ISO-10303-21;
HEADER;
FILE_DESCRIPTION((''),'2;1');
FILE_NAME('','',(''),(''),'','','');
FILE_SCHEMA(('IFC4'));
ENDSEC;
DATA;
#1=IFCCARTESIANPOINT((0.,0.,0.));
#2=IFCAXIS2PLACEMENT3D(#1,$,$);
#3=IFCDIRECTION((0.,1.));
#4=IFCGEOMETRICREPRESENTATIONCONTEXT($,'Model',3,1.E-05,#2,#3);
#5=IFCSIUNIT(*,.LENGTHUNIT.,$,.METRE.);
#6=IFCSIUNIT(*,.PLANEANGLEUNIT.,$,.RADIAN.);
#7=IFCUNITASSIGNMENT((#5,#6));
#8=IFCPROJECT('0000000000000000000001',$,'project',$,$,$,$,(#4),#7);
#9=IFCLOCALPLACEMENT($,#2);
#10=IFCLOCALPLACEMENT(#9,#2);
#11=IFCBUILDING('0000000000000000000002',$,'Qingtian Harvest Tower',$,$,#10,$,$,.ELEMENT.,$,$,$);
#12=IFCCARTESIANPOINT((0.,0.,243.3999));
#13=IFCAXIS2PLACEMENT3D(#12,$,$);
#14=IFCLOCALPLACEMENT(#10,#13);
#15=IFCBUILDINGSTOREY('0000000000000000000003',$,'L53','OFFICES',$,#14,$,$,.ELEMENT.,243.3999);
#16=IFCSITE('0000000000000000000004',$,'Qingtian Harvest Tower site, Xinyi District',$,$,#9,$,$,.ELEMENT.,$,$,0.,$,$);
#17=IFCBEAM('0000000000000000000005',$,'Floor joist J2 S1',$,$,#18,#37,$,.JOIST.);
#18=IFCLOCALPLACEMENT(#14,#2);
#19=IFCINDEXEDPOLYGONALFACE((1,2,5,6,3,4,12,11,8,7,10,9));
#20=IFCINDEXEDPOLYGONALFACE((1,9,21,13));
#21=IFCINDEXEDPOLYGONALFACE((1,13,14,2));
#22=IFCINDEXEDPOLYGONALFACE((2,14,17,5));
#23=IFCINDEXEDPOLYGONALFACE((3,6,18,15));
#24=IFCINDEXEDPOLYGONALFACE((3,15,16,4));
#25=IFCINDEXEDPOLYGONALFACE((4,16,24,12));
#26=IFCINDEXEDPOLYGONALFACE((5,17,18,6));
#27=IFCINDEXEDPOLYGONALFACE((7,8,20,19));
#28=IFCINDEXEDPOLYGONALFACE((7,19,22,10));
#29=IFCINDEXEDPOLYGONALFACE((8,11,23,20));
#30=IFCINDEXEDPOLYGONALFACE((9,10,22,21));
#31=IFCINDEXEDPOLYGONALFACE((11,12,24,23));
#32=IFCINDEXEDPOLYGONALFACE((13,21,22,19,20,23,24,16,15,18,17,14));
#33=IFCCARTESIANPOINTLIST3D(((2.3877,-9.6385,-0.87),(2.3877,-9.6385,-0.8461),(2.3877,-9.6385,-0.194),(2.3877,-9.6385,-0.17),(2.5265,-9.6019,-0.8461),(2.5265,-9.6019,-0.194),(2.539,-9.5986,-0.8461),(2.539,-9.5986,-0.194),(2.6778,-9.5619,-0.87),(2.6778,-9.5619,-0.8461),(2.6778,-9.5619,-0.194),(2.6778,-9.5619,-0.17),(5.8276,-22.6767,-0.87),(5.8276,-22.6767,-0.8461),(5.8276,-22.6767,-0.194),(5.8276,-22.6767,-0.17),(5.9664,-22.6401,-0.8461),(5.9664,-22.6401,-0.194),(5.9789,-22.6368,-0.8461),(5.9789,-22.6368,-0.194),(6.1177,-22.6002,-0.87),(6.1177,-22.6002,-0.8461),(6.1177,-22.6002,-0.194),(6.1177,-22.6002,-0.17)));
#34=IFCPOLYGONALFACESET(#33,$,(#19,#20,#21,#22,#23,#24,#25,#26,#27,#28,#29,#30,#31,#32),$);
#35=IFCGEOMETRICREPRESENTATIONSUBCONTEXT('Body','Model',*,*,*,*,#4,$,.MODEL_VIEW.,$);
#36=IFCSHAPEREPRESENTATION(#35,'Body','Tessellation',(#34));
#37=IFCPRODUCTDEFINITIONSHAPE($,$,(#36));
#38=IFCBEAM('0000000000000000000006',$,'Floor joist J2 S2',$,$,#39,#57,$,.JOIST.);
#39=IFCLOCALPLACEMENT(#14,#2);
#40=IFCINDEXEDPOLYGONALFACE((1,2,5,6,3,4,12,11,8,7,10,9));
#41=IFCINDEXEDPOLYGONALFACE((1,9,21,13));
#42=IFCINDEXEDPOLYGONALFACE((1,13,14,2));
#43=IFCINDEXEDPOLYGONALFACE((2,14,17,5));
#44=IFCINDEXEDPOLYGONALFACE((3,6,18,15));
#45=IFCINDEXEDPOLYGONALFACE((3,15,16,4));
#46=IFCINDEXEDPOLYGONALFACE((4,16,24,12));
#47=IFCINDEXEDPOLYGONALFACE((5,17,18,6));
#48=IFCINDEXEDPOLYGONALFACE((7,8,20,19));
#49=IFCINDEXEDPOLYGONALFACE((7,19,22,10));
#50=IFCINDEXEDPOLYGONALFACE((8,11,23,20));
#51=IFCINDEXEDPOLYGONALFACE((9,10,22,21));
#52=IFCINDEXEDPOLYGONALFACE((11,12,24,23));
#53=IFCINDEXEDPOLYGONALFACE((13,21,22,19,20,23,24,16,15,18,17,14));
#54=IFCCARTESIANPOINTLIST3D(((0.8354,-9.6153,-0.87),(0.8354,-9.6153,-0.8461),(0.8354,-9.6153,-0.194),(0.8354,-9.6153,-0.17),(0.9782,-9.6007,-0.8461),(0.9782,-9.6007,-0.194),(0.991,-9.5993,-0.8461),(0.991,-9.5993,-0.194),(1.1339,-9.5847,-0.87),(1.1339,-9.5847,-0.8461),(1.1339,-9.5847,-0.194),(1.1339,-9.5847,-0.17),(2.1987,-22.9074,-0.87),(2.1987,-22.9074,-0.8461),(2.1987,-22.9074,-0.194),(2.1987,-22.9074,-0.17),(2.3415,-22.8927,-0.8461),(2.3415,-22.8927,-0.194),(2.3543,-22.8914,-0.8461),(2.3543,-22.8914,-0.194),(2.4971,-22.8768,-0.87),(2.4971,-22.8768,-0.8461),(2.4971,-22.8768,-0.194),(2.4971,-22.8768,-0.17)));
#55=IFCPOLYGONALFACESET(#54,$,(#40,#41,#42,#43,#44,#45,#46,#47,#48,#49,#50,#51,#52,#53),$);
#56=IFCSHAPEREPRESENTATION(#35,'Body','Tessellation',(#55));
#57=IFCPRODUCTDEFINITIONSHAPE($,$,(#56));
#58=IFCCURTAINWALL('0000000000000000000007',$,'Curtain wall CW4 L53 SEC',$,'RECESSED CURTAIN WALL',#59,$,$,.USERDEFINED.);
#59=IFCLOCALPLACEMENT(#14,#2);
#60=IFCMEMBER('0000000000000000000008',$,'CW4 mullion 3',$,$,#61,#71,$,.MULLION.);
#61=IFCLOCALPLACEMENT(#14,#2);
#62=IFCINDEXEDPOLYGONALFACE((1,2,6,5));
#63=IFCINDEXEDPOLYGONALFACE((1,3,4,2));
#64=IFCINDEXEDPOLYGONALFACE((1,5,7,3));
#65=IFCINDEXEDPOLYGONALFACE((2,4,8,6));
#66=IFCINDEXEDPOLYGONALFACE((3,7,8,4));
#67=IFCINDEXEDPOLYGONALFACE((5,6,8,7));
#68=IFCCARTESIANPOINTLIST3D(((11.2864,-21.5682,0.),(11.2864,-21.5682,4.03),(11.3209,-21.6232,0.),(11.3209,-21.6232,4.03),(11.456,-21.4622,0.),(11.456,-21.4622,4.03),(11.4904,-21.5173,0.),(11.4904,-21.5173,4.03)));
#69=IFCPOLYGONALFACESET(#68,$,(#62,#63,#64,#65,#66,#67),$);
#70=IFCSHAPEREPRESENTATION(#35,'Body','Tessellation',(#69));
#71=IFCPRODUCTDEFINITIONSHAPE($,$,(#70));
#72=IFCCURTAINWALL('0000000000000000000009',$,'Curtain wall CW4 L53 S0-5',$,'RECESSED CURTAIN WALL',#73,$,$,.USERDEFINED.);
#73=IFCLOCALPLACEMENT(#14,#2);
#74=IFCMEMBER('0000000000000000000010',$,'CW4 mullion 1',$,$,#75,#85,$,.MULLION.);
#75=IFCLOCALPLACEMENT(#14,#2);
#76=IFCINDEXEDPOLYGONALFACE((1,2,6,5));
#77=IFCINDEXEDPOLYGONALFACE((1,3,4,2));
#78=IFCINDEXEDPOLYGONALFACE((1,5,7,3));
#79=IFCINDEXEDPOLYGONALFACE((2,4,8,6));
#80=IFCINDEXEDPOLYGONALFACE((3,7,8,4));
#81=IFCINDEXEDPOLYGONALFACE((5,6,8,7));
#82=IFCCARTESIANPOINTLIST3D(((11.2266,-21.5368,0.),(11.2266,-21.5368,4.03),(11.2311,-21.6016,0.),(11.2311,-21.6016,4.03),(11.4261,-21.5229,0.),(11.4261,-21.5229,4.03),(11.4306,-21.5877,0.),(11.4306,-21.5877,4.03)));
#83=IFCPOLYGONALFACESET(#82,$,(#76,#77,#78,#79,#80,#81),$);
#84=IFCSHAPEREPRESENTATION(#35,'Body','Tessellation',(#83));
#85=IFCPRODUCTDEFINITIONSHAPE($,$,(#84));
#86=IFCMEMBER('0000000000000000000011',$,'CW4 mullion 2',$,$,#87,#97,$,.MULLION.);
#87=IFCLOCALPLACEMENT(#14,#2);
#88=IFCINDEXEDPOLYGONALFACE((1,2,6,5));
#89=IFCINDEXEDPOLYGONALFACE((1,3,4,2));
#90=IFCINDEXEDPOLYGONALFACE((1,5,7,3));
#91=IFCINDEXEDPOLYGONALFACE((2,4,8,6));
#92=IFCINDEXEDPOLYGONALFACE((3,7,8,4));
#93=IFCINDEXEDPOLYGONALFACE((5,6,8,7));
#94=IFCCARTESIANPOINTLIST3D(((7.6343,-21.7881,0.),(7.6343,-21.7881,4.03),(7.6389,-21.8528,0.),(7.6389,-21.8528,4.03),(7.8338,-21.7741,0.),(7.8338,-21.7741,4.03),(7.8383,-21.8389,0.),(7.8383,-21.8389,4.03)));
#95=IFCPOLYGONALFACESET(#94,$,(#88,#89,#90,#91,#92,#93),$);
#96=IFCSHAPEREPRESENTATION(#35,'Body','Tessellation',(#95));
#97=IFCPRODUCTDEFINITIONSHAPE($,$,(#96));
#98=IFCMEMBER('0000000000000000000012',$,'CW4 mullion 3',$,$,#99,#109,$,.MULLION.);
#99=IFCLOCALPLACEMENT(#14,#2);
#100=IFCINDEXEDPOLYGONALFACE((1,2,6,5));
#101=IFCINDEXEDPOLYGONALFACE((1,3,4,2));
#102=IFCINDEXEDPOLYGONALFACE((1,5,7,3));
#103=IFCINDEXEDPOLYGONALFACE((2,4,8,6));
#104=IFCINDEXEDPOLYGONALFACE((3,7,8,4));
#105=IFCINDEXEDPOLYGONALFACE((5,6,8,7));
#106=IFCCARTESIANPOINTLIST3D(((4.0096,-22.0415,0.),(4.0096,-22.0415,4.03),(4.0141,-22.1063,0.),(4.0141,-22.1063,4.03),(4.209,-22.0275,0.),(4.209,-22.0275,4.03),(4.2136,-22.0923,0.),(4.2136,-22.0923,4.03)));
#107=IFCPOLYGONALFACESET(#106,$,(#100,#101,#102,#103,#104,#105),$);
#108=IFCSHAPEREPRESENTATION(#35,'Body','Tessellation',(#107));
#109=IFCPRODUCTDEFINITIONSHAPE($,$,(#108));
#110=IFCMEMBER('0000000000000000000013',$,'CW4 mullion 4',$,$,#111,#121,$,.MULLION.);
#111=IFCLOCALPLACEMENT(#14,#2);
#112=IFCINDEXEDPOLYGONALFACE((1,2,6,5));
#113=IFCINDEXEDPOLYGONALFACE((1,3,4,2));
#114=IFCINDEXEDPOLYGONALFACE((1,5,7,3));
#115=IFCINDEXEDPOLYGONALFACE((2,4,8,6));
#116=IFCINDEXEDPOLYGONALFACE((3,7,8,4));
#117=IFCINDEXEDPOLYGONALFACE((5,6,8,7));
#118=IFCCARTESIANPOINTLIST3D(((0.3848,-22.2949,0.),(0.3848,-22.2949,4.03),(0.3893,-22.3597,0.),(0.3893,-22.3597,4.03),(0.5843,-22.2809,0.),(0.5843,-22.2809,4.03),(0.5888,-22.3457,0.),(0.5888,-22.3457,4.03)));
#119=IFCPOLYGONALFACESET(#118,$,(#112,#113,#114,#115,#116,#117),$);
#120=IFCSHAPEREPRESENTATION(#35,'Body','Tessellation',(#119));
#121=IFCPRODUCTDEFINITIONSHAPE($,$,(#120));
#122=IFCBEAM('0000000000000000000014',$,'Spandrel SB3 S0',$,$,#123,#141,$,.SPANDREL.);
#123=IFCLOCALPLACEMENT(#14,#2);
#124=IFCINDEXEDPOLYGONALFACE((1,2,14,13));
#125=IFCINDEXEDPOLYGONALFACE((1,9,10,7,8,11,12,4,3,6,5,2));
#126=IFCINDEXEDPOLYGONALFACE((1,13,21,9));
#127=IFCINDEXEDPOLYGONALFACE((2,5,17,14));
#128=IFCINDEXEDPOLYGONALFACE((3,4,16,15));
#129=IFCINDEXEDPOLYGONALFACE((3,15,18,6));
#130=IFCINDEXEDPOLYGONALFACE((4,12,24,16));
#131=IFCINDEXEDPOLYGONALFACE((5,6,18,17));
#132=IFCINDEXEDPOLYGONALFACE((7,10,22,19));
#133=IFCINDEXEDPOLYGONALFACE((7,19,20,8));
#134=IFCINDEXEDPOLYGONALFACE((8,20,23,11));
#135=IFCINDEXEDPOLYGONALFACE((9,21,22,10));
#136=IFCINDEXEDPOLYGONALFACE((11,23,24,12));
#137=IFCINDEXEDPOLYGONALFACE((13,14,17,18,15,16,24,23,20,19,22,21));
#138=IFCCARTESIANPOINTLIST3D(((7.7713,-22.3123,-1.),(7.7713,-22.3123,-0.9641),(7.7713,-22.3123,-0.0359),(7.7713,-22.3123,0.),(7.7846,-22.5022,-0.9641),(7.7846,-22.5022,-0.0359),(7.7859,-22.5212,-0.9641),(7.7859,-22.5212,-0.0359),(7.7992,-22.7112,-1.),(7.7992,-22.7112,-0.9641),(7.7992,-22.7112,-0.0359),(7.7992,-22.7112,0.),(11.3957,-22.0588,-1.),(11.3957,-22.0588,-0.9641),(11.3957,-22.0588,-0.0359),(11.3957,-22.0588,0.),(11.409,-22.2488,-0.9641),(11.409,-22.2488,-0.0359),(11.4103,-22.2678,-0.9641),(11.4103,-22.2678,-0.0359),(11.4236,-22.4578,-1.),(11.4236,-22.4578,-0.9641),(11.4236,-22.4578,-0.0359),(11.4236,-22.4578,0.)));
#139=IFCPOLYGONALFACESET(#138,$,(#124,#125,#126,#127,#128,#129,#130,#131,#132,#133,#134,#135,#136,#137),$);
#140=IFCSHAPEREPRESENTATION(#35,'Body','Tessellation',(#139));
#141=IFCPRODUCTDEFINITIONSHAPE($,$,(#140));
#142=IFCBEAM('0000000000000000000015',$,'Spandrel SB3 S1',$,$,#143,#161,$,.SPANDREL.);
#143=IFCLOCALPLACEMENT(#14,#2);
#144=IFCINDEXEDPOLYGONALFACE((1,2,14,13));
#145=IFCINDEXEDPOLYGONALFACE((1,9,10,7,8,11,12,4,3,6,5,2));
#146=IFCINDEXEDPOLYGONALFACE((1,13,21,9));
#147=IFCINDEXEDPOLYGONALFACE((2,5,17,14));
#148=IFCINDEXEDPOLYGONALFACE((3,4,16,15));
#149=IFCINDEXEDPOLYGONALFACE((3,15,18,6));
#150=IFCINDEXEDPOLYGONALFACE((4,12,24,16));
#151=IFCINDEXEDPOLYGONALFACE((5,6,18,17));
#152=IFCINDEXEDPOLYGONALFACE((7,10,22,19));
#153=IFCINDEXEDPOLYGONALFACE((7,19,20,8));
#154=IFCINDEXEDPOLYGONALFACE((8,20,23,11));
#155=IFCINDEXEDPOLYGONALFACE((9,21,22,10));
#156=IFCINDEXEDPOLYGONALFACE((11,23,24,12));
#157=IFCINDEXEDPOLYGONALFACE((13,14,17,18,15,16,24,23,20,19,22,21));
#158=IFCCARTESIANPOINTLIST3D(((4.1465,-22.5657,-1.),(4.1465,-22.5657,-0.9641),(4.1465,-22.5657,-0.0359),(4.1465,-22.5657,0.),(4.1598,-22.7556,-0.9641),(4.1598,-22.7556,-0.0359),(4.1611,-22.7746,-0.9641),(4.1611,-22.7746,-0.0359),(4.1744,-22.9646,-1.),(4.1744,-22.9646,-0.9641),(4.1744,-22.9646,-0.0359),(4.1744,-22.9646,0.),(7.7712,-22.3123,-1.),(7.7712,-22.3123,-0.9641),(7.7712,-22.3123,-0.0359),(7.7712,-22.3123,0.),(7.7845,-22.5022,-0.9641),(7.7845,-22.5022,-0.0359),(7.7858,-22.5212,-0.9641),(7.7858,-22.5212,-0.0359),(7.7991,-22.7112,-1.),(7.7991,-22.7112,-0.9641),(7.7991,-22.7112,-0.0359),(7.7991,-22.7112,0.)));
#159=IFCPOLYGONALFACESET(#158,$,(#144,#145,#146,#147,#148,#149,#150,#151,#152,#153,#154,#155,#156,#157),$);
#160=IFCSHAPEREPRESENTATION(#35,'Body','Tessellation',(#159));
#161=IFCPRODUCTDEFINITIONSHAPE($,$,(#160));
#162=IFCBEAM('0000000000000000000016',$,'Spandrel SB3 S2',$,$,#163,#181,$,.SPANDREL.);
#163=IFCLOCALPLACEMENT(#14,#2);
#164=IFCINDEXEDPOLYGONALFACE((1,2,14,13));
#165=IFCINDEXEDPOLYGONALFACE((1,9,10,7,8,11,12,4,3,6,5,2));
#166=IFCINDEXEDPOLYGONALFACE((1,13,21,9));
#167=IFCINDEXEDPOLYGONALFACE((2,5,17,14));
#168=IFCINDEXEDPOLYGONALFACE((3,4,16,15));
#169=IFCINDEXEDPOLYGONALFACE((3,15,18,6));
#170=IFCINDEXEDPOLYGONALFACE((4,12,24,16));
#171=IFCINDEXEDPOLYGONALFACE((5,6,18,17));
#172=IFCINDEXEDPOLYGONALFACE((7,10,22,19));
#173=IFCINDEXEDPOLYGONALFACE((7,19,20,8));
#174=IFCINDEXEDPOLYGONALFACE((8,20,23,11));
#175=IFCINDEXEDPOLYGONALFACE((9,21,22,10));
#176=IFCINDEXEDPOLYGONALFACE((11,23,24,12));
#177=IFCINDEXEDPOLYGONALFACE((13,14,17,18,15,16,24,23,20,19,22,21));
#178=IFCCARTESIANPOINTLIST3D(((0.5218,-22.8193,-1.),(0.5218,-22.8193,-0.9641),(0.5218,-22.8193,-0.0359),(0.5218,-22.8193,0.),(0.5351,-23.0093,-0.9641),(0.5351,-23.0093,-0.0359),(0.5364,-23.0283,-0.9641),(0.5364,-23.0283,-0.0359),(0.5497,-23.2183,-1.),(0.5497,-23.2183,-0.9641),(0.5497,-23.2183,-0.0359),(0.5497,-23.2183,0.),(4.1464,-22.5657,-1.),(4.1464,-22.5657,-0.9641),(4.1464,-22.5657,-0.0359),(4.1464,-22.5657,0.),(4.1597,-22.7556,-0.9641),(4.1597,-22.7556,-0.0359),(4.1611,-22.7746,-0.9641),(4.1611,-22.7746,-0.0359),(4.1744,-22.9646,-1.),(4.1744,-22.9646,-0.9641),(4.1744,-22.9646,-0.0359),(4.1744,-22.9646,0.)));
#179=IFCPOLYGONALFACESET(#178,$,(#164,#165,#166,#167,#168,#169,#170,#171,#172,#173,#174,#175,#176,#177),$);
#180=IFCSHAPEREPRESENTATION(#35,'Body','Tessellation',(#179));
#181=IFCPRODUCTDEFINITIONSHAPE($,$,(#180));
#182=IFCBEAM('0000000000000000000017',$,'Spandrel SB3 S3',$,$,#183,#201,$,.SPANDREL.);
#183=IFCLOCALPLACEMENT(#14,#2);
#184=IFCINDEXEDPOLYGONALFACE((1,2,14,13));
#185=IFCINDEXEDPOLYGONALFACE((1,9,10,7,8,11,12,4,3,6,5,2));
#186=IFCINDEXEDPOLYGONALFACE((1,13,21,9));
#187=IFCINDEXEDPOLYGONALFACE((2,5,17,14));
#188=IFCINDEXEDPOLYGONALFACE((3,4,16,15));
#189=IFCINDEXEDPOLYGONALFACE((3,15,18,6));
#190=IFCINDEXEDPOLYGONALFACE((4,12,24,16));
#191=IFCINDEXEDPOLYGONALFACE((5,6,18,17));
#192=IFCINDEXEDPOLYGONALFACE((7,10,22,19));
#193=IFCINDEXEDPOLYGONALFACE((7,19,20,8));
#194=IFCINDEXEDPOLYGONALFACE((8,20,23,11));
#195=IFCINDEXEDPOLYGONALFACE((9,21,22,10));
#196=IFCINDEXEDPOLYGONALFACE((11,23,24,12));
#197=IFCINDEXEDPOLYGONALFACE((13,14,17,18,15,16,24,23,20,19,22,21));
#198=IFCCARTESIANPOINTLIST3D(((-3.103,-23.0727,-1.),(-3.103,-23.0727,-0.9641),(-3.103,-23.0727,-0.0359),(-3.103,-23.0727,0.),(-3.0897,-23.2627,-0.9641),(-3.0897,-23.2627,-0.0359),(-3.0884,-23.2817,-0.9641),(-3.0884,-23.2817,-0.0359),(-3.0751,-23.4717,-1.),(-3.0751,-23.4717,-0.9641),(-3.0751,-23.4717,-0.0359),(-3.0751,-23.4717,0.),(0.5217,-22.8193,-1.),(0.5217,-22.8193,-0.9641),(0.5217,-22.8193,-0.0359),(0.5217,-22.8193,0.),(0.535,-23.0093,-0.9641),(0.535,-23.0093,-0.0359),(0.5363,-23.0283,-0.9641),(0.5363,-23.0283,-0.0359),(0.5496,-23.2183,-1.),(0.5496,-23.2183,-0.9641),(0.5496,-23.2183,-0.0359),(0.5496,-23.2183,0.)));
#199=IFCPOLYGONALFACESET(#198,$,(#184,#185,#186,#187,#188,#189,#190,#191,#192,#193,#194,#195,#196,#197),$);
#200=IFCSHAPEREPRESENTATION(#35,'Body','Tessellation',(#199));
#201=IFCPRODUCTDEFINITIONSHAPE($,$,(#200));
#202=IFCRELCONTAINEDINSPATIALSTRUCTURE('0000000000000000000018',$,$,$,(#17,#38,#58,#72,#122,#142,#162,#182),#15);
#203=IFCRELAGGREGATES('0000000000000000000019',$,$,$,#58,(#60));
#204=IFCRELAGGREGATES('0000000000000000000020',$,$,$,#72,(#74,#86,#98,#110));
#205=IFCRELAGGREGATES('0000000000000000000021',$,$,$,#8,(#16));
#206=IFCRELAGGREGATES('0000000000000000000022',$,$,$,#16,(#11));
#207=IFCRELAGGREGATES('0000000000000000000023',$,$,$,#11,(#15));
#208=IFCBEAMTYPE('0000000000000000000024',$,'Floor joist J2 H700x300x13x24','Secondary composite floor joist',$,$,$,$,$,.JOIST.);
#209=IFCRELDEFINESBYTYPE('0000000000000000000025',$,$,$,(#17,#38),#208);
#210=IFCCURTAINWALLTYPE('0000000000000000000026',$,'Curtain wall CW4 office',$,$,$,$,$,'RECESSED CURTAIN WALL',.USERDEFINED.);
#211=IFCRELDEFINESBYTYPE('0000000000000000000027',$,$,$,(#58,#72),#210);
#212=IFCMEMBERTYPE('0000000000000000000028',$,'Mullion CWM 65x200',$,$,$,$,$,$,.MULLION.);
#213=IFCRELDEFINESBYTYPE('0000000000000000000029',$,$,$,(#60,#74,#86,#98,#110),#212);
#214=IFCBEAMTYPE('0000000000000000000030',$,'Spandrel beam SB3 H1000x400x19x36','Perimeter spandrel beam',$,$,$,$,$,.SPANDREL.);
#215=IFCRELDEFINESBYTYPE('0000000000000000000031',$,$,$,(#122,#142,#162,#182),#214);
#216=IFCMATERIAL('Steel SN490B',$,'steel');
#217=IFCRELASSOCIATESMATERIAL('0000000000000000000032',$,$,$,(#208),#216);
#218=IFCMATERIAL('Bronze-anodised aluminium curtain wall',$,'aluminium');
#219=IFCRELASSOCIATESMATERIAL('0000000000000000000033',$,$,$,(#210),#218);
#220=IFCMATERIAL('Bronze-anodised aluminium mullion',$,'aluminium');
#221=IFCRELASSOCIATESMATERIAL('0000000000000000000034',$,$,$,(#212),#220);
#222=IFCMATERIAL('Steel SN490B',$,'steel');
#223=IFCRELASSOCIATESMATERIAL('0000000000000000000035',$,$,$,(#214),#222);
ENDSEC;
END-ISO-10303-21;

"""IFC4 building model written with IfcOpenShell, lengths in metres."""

from ifc_helpers import new_model, si_unit, direction, frame, origin, origin_2d, place, context, subcontext, project, spatial, rectangle, i_section, extrude, material, material_profile, profile_set, type_object, element, aggregate, save


model = new_model("IFC4")

# Units and contexts
model_context = context("Model", 3, precision=1e-05, world=origin(), true_north=direction((0.0, 1.0)))
body_context = subcontext(model_context, "Body", "Model", "MODEL_VIEW")
ifc_project = project(units=[si_unit("LENGTHUNIT", "METRE"), si_unit("PLANEANGLEUNIT", "RADIAN")], contexts=[model_context])

# Site, building, storey
site_placement = place(None, origin())
site = spatial("IfcSite", under=ifc_project, at=site_placement, Name="Qingtian Harvest Tower site, Xinyi District", CompositionType="ELEMENT", RefElevation=0.0)
building_placement = place(site_placement, origin())
building = spatial("IfcBuilding", under=site, at=building_placement, Name="Qingtian Harvest Tower", CompositionType="ELEMENT")
storey_placement = place(building_placement, frame((0.0, 0.0, 243.3999)))
storey = spatial("IfcBuildingStorey", under=building, at=storey_placement, Name="L53", Description="OFFICES", CompositionType="ELEMENT", Elevation=243.3999)

# Beams
ifc_material_1 = material(Name="Steel SN490B", Category="steel")
ifc_material_profile_1 = material_profile(ifc_material_1, i_section(OverallWidth=0.3, OverallDepth=0.7, WebThickness=0.0129, FlangeThickness=0.0239, at=origin_2d()), Name="H700x300x13x24")
ifc_profile_set_1 = profile_set([ifc_material_profile_1], Name="Steel SN490B")
beam_type_1 = type_object("IfcBeamType", Name="Floor joist J2 H700x300x13x24", Description="Secondary composite floor joist", PredefinedType="JOIST", material=ifc_profile_set_1)
beam_1_placement = place(storey_placement, frame((5.9727, -22.6384, -0.52), z_axis=(-0.255104, 0.966914, 0.0), x_axis=(-0.966914, -0.255104, 0.0)))
element("IfcBeam", 1, at=beam_1_placement, inside=storey, type_object=beam_type_1, Name="Floor joist J2 S1", PredefinedType="JOIST", context=body_context, shape_type="SweptSolid", body=[
    extrude(i_section(OverallWidth=0.3, OverallDepth=0.7, WebThickness=0.0129, FlangeThickness=0.0239, at=origin_2d()), origin(), (0.0, 0.0, 1.0), 13.4844),
])
beam_2_placement = place(storey_placement, frame((2.3479, -22.8921, -0.52), z_axis=(-0.102029, 0.994781, 0.0), x_axis=(-0.994781, -0.102029, 0.0)))
element("IfcBeam", 2, at=beam_2_placement, inside=storey, type_object=beam_type_1, Name="Floor joist J2 S2", PredefinedType="JOIST", context=body_context, shape_type="SweptSolid", body=[
    extrude(i_section(OverallWidth=0.3, OverallDepth=0.7, WebThickness=0.0129, FlangeThickness=0.0239, at=origin_2d()), origin(), (0.0, 0.0, 1.0), 13.3618),
])

# Curtain wall, member
ifc_material_2 = material(Name="Bronze-anodised aluminium curtain wall", Category="aluminium")
curtain_wall_type = type_object("IfcCurtainWallType", Name="Curtain wall CW4 office", ElementType="RECESSED CURTAIN WALL", PredefinedType="USERDEFINED", material=ifc_material_2)
curtain_wall_1_placement = place(storey_placement, origin())
curtain_wall_1 = element("IfcCurtainWall", 3, at=curtain_wall_1_placement, inside=storey, type_object=curtain_wall_type, Name="Curtain wall CW4 L53 SEC", ObjectType="RECESSED CURTAIN WALL", PredefinedType="USERDEFINED")
ifc_material_3 = material(Name="Bronze-anodised aluminium mullion", Category="aluminium")
ifc_material_profile_2 = material_profile(ifc_material_3, rectangle(XDim=0.0649, YDim=0.2, at=origin_2d()), Name="AL 65x200")
ifc_profile_set_2 = profile_set([ifc_material_profile_2], Name="Bronze-anodised aluminium mullion")
member_type_1 = type_object("IfcMemberType", Name="Mullion CWM 65x200", PredefinedType="MULLION", material=ifc_profile_set_2)
member_1_placement = place(storey_placement, frame((11.3884, -21.5427, 0.0), z_axis=(0.0, 0.0, 1.0), x_axis=(0.529919, -0.848048, 0.0)))
member_1 = element("IfcMember", 4, at=member_1_placement, type_object=member_type_1, Name="CW4 mullion 3", PredefinedType="MULLION", context=body_context, shape_type="SweptSolid", body=[
    extrude(rectangle(XDim=0.0649, YDim=0.2, at=origin_2d()), origin(), (0.0, 0.0, 1.0), 4.03),
])

# Curtain wall, members
curtain_wall_2_placement = place(storey_placement, origin())
curtain_wall_2 = element("IfcCurtainWall", 5, at=curtain_wall_2_placement, inside=storey, type_object=curtain_wall_type, Name="Curtain wall CW4 L53 S0-5", ObjectType="RECESSED CURTAIN WALL", PredefinedType="USERDEFINED")
member_2_placement = place(storey_placement, frame((11.3286, -21.5623, 0.0), z_axis=(0.0, 0.0, 1.0), x_axis=(0.069756, -0.997564, 0.0)))
member_2 = element("IfcMember", 6, at=member_2_placement, type_object=member_type_1, Name="CW4 mullion 1", PredefinedType="MULLION", context=body_context, shape_type="SweptSolid", body=[
    extrude(rectangle(XDim=0.0649, YDim=0.2, at=origin_2d()), origin(), (0.0, 0.0, 1.0), 4.03),
])
member_3_placement = place(storey_placement, frame((7.7363, -21.8135, 0.0), z_axis=(0.0, 0.0, 1.0), x_axis=(0.069756, -0.997564, 0.0)))
member_3 = element("IfcMember", 7, at=member_3_placement, type_object=member_type_1, Name="CW4 mullion 2", PredefinedType="MULLION", context=body_context, shape_type="SweptSolid", body=[
    extrude(rectangle(XDim=0.0649, YDim=0.2, at=origin_2d()), origin(), (0.0, 0.0, 1.0), 4.03),
])
member_4_placement = place(storey_placement, frame((4.1116, -22.0669, 0.0), z_axis=(0.0, 0.0, 1.0), x_axis=(0.069756, -0.997564, 0.0)))
member_4 = element("IfcMember", 8, at=member_4_placement, type_object=member_type_1, Name="CW4 mullion 3", PredefinedType="MULLION", context=body_context, shape_type="SweptSolid", body=[
    extrude(rectangle(XDim=0.0649, YDim=0.2, at=origin_2d()), origin(), (0.0, 0.0, 1.0), 4.03),
])
member_5_placement = place(storey_placement, frame((0.4868, -22.3203, 0.0), z_axis=(0.0, 0.0, 1.0), x_axis=(0.069756, -0.997564, 0.0)))
member_5 = element("IfcMember", 9, at=member_5_placement, type_object=member_type_1, Name="CW4 mullion 4", PredefinedType="MULLION", context=body_context, shape_type="SweptSolid", body=[
    extrude(rectangle(XDim=0.0649, YDim=0.2, at=origin_2d()), origin(), (0.0, 0.0, 1.0), 4.03),
])

# Beams
ifc_material_4 = material(Name="Steel SN490B", Category="steel")
ifc_material_profile_3 = material_profile(ifc_material_4, i_section(OverallWidth=0.3999, OverallDepth=1.0, WebThickness=0.019, FlangeThickness=0.0359, at=origin_2d()), Name="H1000x400x19x36")
ifc_profile_set_3 = profile_set([ifc_material_profile_3], Name="Steel SN490B")
beam_type_2 = type_object("IfcBeamType", Name="Spandrel beam SB3 H1000x400x19x36", Description="Perimeter spandrel beam", PredefinedType="SPANDREL", material=ifc_profile_set_3)
beam_3_placement = place(storey_placement, frame((11.4097, -22.2583, -0.5), z_axis=(-0.997565, -0.069748, 0.0), x_axis=(0.069748, -0.997565, 0.0)))
element("IfcBeam", 10, at=beam_3_placement, inside=storey, type_object=beam_type_2, Name="Spandrel SB3 S0", PredefinedType="SPANDREL", context=body_context, shape_type="SweptSolid", body=[
    extrude(i_section(OverallWidth=0.3999, OverallDepth=1.0, WebThickness=0.019, FlangeThickness=0.0359, at=origin_2d()), origin(), (0.0, 0.0, 1.0), 3.6333),
])
for number, where, z_axis, x_axis, name in (
    (11, (7.7852, -22.5117, -0.5), (-0.997565, -0.069743, 0.0), (0.069743, -0.997565, 0.0), "Spandrel SB3 S1"),
    (12, (4.1604, -22.7651, -0.5), (-0.99756, -0.06981, 0.0), (0.06981, -0.99756, 0.0), "Spandrel SB3 S2"),
    (13, (0.5356, -23.0188, -0.5), (-0.997565, -0.069743, 0.0), (0.069743, -0.997565, 0.0), "Spandrel SB3 S3"),
):
    element("IfcBeam", number, at=place(storey_placement, frame(where, z_axis=z_axis, x_axis=x_axis)), inside=storey, type_object=beam_type_2, Name=name, PredefinedType="SPANDREL", context=body_context, shape_type="SweptSolid", body=[
        extrude(i_section(OverallWidth=0.3999, OverallDepth=1.0, WebThickness=0.019, FlangeThickness=0.0359, at=origin_2d()), origin(), (0.0, 0.0, 1.0), 3.6335),
    ])

aggregate(curtain_wall_1, [member_1])
aggregate(curtain_wall_2, [member_2, member_3, member_4, member_5])

save(model, "model.ifc")
